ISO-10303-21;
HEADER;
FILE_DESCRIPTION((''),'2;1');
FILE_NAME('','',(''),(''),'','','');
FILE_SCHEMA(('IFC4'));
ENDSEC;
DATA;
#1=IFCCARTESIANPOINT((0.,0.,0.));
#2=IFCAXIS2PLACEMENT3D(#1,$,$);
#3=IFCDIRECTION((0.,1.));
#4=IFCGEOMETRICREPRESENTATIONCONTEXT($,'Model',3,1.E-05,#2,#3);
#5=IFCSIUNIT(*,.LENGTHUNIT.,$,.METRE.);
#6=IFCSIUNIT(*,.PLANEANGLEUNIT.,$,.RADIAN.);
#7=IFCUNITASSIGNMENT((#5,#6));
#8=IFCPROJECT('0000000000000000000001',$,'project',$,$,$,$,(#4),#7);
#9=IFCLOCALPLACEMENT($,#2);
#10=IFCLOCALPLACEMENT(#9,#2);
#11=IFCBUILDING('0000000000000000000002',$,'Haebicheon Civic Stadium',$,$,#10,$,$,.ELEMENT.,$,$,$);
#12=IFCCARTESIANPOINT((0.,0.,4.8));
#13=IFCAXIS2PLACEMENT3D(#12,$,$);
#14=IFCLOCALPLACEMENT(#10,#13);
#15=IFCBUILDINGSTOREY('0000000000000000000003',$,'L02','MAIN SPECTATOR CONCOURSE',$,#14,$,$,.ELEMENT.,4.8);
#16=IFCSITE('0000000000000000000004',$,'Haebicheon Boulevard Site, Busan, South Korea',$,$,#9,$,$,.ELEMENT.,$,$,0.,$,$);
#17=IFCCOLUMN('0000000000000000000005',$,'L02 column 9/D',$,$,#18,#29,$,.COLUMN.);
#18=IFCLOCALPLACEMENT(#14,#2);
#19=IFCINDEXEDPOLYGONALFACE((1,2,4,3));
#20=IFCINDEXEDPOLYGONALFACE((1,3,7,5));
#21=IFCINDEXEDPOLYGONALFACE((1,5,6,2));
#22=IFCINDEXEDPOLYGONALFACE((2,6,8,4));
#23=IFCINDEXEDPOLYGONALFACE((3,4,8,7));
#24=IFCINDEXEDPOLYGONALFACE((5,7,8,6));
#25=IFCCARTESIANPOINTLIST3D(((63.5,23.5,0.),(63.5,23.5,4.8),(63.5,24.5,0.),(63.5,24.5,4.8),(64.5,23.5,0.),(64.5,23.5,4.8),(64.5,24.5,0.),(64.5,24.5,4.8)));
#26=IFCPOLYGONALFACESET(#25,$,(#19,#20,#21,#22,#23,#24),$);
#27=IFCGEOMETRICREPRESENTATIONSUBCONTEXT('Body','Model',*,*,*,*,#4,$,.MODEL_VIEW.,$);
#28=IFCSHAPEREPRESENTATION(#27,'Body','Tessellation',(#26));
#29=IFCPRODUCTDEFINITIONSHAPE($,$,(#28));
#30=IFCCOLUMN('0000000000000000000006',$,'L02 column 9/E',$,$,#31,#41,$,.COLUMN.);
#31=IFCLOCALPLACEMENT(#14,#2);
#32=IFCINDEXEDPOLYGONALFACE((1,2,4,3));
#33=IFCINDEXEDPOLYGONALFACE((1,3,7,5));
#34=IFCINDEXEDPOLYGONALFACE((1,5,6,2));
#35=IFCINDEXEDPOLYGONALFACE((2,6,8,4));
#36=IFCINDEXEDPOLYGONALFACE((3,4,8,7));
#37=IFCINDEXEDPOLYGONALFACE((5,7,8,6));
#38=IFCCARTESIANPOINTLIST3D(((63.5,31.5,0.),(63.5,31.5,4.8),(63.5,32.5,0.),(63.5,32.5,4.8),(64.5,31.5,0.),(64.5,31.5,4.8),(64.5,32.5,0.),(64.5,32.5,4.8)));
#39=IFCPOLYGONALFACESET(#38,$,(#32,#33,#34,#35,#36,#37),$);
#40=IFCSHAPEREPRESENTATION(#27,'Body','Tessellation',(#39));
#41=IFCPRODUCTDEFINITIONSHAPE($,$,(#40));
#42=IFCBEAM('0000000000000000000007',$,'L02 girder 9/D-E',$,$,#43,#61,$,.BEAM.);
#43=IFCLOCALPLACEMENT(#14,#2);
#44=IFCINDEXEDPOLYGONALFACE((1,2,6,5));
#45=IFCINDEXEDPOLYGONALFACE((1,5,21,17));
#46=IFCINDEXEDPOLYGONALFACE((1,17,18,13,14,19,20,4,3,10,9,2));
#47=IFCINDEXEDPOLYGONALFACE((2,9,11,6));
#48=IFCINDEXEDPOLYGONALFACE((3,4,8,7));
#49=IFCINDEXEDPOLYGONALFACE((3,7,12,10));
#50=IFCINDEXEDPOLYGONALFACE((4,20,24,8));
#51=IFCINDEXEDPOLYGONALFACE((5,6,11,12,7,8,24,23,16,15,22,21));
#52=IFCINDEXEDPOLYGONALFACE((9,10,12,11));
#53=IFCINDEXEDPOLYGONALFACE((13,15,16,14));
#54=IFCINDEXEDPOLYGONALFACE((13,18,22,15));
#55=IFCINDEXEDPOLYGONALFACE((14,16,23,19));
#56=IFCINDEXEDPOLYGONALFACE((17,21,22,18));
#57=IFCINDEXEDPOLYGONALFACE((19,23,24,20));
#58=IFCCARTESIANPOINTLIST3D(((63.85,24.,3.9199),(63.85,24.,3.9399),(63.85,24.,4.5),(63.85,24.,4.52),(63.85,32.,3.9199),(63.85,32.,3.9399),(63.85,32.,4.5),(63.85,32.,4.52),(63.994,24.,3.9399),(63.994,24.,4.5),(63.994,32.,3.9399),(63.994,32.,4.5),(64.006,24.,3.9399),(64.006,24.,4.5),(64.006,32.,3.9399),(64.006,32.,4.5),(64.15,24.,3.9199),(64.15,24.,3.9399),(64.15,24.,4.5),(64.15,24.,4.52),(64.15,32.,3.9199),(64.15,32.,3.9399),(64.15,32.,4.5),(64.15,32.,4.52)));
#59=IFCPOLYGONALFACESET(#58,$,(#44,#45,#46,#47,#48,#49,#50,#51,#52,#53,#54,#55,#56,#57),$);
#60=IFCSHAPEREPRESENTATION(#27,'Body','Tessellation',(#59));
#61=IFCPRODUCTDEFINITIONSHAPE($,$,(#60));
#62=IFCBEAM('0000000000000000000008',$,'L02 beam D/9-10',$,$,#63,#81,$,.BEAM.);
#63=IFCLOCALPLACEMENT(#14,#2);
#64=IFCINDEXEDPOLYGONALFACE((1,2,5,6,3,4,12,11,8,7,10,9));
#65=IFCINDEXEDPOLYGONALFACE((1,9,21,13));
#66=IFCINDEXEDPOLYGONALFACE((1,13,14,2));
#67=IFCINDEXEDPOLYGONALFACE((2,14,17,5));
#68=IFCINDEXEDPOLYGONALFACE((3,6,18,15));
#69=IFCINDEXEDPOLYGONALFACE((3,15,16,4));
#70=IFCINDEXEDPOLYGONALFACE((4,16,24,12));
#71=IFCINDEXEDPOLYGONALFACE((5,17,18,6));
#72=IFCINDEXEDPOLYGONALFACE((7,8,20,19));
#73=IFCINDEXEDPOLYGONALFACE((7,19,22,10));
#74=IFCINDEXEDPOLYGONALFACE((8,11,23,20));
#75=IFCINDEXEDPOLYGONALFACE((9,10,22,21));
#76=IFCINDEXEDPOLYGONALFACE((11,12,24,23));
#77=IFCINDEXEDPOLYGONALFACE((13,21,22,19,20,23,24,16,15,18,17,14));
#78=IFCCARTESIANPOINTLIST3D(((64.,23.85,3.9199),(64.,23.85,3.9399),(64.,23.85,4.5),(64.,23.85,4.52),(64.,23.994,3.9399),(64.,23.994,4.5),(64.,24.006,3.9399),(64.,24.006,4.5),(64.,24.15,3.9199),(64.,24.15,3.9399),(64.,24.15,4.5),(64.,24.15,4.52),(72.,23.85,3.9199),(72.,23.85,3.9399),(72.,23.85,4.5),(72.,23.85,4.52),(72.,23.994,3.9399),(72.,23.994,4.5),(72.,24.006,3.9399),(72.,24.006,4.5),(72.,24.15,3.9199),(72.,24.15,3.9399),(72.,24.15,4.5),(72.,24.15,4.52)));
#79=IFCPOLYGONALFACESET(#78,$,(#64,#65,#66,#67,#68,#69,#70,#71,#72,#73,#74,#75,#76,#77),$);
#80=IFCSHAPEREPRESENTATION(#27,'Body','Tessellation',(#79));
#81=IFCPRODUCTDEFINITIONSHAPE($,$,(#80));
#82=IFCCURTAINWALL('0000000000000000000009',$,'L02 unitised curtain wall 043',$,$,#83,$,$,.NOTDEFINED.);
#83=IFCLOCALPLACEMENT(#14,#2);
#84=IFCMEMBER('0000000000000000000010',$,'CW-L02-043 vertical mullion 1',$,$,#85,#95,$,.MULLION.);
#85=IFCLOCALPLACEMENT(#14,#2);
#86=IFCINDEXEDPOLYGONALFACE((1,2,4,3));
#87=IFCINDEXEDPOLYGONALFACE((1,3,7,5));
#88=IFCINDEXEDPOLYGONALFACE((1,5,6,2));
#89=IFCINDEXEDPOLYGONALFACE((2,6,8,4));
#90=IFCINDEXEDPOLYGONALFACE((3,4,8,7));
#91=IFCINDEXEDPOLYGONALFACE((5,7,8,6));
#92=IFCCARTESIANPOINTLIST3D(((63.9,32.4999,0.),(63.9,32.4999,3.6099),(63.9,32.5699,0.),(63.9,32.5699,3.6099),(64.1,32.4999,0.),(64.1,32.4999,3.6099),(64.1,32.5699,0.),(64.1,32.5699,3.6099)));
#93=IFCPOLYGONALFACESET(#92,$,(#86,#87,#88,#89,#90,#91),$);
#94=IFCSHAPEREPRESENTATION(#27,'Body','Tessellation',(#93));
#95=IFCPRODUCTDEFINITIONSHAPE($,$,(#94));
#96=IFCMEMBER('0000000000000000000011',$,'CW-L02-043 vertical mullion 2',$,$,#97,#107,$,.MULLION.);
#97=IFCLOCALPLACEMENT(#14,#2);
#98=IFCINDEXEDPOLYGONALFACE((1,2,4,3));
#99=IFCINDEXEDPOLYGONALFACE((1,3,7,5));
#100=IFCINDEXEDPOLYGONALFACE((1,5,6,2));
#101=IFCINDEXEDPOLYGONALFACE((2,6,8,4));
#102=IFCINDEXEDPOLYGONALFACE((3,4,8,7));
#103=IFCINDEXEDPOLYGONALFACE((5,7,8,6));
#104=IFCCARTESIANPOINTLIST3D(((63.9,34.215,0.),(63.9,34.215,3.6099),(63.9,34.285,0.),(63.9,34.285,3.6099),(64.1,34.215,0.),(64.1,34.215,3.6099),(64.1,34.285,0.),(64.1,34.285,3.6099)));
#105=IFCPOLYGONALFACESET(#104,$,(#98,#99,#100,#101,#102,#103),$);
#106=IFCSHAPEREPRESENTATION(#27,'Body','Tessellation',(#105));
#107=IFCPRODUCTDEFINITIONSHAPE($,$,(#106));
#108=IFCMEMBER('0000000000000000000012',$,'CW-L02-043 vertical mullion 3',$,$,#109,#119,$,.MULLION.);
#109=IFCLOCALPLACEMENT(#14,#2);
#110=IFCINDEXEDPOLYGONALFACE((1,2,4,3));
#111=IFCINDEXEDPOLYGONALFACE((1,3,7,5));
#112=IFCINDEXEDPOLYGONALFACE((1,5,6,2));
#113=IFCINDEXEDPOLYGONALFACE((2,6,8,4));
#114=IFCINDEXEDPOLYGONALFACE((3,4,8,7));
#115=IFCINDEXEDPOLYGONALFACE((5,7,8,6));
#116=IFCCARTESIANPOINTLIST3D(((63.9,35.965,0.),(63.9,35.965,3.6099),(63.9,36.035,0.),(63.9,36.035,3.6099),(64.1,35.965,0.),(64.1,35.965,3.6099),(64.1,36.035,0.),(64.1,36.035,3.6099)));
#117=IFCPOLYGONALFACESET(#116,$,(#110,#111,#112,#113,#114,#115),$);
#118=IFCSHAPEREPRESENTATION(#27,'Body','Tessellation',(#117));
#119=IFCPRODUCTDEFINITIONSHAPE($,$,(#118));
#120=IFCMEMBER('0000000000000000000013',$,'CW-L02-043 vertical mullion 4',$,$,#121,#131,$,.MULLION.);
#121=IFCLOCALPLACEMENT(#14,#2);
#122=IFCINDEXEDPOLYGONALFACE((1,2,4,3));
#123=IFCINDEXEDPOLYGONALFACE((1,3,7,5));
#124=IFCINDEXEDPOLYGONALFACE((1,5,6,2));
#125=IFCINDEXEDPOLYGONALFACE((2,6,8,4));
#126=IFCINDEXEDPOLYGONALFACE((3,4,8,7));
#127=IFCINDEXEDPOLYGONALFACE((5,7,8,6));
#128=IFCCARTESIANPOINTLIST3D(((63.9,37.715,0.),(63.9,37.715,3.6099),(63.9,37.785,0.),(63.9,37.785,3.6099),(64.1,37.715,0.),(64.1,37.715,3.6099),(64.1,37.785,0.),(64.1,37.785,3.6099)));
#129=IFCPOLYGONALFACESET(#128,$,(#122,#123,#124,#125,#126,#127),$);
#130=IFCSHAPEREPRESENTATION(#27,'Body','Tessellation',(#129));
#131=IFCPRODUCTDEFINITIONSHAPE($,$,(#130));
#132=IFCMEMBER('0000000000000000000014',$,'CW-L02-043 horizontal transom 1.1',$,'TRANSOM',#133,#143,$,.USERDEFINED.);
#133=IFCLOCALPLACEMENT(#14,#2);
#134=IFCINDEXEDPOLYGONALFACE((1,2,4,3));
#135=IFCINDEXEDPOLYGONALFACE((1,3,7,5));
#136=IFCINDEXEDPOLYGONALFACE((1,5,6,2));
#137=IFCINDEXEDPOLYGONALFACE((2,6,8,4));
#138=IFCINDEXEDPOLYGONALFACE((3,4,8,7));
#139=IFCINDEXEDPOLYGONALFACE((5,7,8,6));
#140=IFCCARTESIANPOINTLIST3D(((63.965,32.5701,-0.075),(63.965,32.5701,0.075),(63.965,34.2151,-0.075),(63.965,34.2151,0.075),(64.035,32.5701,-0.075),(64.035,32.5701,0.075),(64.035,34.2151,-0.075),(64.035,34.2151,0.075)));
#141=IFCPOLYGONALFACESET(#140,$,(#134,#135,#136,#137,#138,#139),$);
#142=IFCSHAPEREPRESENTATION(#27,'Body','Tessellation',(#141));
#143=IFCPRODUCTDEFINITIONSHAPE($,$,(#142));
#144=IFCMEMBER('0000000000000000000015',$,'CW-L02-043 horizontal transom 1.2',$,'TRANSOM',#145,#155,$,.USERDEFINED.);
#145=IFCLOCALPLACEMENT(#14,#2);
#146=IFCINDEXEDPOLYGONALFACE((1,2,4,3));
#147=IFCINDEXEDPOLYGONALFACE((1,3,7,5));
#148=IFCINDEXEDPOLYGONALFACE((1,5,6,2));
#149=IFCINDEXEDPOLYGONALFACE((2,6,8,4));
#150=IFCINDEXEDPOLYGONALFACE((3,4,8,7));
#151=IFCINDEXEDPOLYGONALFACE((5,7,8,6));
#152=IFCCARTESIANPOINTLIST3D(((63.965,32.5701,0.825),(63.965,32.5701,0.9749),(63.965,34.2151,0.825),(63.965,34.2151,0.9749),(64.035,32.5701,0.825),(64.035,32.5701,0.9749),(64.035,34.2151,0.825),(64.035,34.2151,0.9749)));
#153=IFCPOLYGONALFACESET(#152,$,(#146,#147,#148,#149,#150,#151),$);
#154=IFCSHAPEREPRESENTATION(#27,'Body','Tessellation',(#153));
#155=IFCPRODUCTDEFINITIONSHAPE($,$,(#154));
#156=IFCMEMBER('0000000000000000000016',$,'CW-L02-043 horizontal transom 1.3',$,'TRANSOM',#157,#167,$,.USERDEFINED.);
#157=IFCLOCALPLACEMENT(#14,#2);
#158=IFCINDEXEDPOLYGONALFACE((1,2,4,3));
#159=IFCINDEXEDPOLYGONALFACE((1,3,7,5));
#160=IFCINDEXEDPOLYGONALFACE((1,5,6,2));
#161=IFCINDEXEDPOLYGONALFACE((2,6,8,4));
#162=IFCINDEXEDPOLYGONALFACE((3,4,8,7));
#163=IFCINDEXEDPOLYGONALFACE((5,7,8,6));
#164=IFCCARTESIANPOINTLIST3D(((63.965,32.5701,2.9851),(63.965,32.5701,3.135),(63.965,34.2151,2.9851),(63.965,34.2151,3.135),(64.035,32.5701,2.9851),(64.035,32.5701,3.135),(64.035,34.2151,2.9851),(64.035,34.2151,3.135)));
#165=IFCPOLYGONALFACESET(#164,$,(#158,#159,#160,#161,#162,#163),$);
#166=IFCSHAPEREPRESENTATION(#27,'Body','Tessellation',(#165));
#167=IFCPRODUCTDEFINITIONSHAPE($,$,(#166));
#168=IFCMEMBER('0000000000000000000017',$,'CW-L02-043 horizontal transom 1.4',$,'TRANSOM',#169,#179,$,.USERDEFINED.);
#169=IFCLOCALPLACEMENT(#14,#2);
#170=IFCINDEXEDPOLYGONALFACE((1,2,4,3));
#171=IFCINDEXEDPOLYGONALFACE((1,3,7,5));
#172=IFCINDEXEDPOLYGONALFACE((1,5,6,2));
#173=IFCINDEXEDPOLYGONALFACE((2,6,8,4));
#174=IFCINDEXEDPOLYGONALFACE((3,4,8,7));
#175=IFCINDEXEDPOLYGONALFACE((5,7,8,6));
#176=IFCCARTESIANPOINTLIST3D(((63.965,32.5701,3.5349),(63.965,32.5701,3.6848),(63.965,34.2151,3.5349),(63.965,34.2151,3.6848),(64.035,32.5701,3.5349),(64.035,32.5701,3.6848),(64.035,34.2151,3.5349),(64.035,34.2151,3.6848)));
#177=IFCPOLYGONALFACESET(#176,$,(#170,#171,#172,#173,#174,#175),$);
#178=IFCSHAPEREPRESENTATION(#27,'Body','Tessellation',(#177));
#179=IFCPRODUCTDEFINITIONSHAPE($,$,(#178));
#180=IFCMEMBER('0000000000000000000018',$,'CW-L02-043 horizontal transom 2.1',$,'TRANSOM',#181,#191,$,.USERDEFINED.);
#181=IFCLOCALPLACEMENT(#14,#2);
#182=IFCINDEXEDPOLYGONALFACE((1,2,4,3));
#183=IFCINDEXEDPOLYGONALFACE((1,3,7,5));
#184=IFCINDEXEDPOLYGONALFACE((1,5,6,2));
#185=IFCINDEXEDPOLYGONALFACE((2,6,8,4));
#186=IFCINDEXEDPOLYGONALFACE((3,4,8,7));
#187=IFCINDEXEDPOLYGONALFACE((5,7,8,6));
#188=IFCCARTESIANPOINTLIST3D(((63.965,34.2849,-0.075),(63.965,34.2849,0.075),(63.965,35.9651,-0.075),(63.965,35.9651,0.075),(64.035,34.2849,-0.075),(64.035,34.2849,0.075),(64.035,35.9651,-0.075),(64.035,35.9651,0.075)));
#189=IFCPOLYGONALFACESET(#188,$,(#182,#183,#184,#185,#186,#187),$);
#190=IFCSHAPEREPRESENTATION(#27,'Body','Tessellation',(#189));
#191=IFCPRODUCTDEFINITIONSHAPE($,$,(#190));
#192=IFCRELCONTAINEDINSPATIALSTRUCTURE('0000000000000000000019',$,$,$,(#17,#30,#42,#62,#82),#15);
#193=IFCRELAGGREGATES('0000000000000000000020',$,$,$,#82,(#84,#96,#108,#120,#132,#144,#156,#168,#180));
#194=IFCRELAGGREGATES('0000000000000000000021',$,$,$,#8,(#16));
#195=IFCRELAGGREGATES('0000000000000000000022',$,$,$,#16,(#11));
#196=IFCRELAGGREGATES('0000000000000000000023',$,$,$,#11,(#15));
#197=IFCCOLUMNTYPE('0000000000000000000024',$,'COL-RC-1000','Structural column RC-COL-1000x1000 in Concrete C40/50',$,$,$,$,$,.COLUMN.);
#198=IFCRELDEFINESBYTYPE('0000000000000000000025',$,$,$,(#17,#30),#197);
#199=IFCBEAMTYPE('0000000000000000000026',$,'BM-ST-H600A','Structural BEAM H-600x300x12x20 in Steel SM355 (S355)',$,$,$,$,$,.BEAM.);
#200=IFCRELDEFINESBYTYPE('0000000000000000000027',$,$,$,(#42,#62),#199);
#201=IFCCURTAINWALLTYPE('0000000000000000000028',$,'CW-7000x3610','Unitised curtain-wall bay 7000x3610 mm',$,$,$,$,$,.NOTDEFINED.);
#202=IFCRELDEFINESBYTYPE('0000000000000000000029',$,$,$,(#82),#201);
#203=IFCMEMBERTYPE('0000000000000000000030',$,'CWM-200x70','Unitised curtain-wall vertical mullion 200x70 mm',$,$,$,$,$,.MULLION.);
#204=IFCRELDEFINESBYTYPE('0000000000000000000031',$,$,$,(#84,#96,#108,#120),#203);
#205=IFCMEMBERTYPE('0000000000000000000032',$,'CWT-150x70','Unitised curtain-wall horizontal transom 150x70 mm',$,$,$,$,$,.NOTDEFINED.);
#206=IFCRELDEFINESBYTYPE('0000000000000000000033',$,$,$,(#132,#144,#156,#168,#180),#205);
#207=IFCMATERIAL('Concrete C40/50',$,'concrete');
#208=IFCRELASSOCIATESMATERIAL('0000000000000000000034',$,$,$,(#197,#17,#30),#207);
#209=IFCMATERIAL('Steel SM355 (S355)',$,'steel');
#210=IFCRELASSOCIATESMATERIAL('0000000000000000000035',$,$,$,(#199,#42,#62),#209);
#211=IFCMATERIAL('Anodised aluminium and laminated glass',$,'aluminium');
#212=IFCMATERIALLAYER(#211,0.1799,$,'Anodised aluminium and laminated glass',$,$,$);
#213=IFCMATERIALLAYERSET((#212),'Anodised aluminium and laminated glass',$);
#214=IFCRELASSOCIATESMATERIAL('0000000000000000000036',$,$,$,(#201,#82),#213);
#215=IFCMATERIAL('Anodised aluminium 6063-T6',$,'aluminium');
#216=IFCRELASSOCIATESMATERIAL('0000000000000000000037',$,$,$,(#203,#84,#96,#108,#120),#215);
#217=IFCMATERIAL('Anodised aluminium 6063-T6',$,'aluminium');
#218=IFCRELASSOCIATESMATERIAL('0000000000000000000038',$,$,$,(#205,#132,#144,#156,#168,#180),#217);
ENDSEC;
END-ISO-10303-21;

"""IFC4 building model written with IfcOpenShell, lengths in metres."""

from ifc_helpers import new_model, si_unit, direction, frame, origin, origin_2d, place, context, subcontext, project, spatial, rectangle, i_section, extrude, material, layer, layer_set, material_profile, profile_set, type_object, element, aggregate, save


model = new_model("IFC4")

# Units and contexts
model_context = context("Model", 3, precision=1e-05, world=origin(), true_north=direction((0.0, 1.0)))
body_context = subcontext(model_context, "Body", "Model", "MODEL_VIEW")
ifc_project = project(units=[si_unit("LENGTHUNIT", "METRE"), si_unit("PLANEANGLEUNIT", "RADIAN")], contexts=[model_context])

# Site, building, storey
site_placement = place(None, origin())
site = spatial("IfcSite", under=ifc_project, at=site_placement, Name="Haebicheon Boulevard Site, Busan, South Korea", CompositionType="ELEMENT", RefElevation=0.0)
building_placement = place(site_placement, origin())
building = spatial("IfcBuilding", under=site, at=building_placement, Name="Haebicheon Civic Stadium", CompositionType="ELEMENT")
storey_placement = place(building_placement, frame((0.0, 0.0, 4.8)))
storey = spatial("IfcBuildingStorey", under=building, at=storey_placement, Name="L02", Description="MAIN SPECTATOR CONCOURSE", CompositionType="ELEMENT", Elevation=4.8)

# Columns
ifc_material_1 = material(Name="Concrete C40/50", Category="concrete")
ifc_material_profile_1 = material_profile(ifc_material_1, rectangle(XDim=1.0, YDim=1.0, at=origin_2d()), Name="RC-COL-1000x1000")
ifc_profile_set_1 = profile_set([ifc_material_profile_1], Name="Concrete C40/50")
column_type = type_object("IfcColumnType", Name="COL-RC-1000", Description="Structural column RC-COL-1000x1000 in Concrete C40/50", PredefinedType="COLUMN", material=ifc_profile_set_1)
for number, where, z_axis, x_axis, name in (
    (1, (64.0, 24.0, 0.0), (0.0, 0.0, 1.0), (1.0, 0.0, 0.0), "L02 column 9/D"),
    (2, (64.0, 32.0, 0.0), (0.0, 0.0, 1.0), (1.0, 0.0, 0.0), "L02 column 9/E"),
):
    element("IfcColumn", number, at=place(storey_placement, frame(where, z_axis=z_axis, x_axis=x_axis)), inside=storey, type_object=column_type, material=ifc_profile_set_1, Name=name, PredefinedType="COLUMN", context=body_context, shape_type="SweptSolid", body=[
        extrude(rectangle(XDim=1.0, YDim=1.0, at=origin_2d()), origin(), (0.0, 0.0, 1.0), 4.8),
    ])

# Beams
ifc_material_2 = material(Name="Steel SM355 (S355)", Category="steel")
ifc_material_profile_2 = material_profile(ifc_material_2, i_section(OverallWidth=0.3, OverallDepth=0.6001, WebThickness=0.012, FlangeThickness=0.02, at=origin_2d()), Name="H-600x300x12x20")
ifc_profile_set_2 = profile_set([ifc_material_profile_2], Name="Steel SM355 (S355)")
beam_type_1 = type_object("IfcBeamType", Name="BM-ST-H600A", Description="Structural BEAM H-600x300x12x20 in Steel SM355 (S355)", PredefinedType="BEAM", material=ifc_profile_set_2)
for number, where, z_axis, x_axis, name in (
    (3, (64.0, 24.0, 4.22), (0.0, 1.0, 0.0), (-1.0, 0.0, 0.0), "L02 girder 9/D-E"),
    (4, (64.0, 24.0, 4.22), (1.0, 0.0, 0.0), (0.0, 1.0, 0.0), "L02 beam D/9-10"),
):
    element("IfcBeam", number, at=place(storey_placement, frame(where, z_axis=z_axis, x_axis=x_axis)), inside=storey, type_object=beam_type_1, material=ifc_profile_set_2, Name=name, PredefinedType="BEAM", context=body_context, shape_type="SweptSolid", body=[
        extrude(i_section(OverallWidth=0.3, OverallDepth=0.6001, WebThickness=0.012, FlangeThickness=0.02, at=origin_2d()), origin(), (0.0, 0.0, 1.0), 8.0),
    ])

# Curtain wall, members
ifc_material_3 = material(Name="Anodised aluminium and laminated glass", Category="aluminium")
ifc_layer_1 = layer(ifc_material_3, 0.1799, Name="Anodised aluminium and laminated glass")
ifc_layer_set_1 = layer_set([ifc_layer_1], Name="Anodised aluminium and laminated glass")
curtain_wall_type = type_object("IfcCurtainWallType", Name="CW-7000x3610", Description="Unitised curtain-wall bay 7000x3610 mm", PredefinedType="NOTDEFINED", material=ifc_layer_set_1)
curtain_wall_placement = place(storey_placement, origin())
curtain_wall = element("IfcCurtainWall", 5, at=curtain_wall_placement, inside=storey, type_object=curtain_wall_type, material=ifc_layer_set_1, Name="L02 unitised curtain wall 043", PredefinedType="NOTDEFINED")
ifc_material_4 = material(Name="Anodised aluminium 6063-T6", Category="aluminium")
ifc_material_profile_3 = material_profile(ifc_material_4, rectangle(XDim=0.0701, YDim=0.2, at=origin_2d()), Name="ALU-MULL-70x200")
ifc_profile_set_3 = profile_set([ifc_material_profile_3], Name="Anodised aluminium 6063-T6")
member_type_1 = type_object("IfcMemberType", Name="CWM-200x70", Description="Unitised curtain-wall vertical mullion 200x70 mm", PredefinedType="MULLION", material=ifc_profile_set_3)
member_1_placement = place(storey_placement, frame((64.0, 32.5349, 0.0), z_axis=(0.0, 0.0, 1.0), x_axis=(0.0, 1.0, 0.0)))
member_1 = element("IfcMember", 6, at=member_1_placement, type_object=member_type_1, material=ifc_profile_set_3, Name="CW-L02-043 vertical mullion 1", PredefinedType="MULLION", context=body_context, shape_type="SweptSolid", body=[
    extrude(rectangle(XDim=0.0701, YDim=0.2, at=origin_2d()), origin(), (0.0, 0.0, 1.0), 3.6099),
])
member_2_placement = place(storey_placement, frame((64.0, 34.25, 0.0), z_axis=(0.0, 0.0, 1.0), x_axis=(0.0, 1.0, 0.0)))
member_2 = element("IfcMember", 7, at=member_2_placement, type_object=member_type_1, material=ifc_profile_set_3, Name="CW-L02-043 vertical mullion 2", PredefinedType="MULLION", context=body_context, shape_type="SweptSolid", body=[
    extrude(rectangle(XDim=0.0701, YDim=0.2, at=origin_2d()), origin(), (0.0, 0.0, 1.0), 3.6099),
])
member_3_placement = place(storey_placement, frame((64.0, 36.0, 0.0), z_axis=(0.0, 0.0, 1.0), x_axis=(0.0, 1.0, 0.0)))
member_3 = element("IfcMember", 8, at=member_3_placement, type_object=member_type_1, material=ifc_profile_set_3, Name="CW-L02-043 vertical mullion 3", PredefinedType="MULLION", context=body_context, shape_type="SweptSolid", body=[
    extrude(rectangle(XDim=0.0701, YDim=0.2, at=origin_2d()), origin(), (0.0, 0.0, 1.0), 3.6099),
])
member_4_placement = place(storey_placement, frame((64.0, 37.75, 0.0), z_axis=(0.0, 0.0, 1.0), x_axis=(0.0, 1.0, 0.0)))
member_4 = element("IfcMember", 9, at=member_4_placement, type_object=member_type_1, material=ifc_profile_set_3, Name="CW-L02-043 vertical mullion 4", PredefinedType="MULLION", context=body_context, shape_type="SweptSolid", body=[
    extrude(rectangle(XDim=0.0701, YDim=0.2, at=origin_2d()), origin(), (0.0, 0.0, 1.0), 3.6099),
])
ifc_material_5 = material(Name="Anodised aluminium 6063-T6", Category="aluminium")
ifc_material_profile_4 = material_profile(ifc_material_5, rectangle(XDim=0.0701, YDim=0.1499, at=origin_2d()), Name="ALU-TRAN-70x150")
ifc_profile_set_4 = profile_set([ifc_material_profile_4], Name="Anodised aluminium 6063-T6")
member_type_2 = type_object("IfcMemberType", Name="CWT-150x70", Description="Unitised curtain-wall horizontal transom 150x70 mm", PredefinedType="NOTDEFINED", material=ifc_profile_set_4)
member_5_placement = place(storey_placement, frame((64.0, 32.5701, 0.0), z_axis=(0.0, 1.0, 0.0), x_axis=(-1.0, 0.0, 0.0)))
member_5 = element("IfcMember", 10, at=member_5_placement, type_object=member_type_2, material=ifc_profile_set_4, Name="CW-L02-043 horizontal transom 1.1", ObjectType="TRANSOM", PredefinedType="USERDEFINED", context=body_context, shape_type="SweptSolid", body=[
    extrude(rectangle(XDim=0.0701, YDim=0.1499, at=origin_2d()), origin(), (0.0, 0.0, 1.0), 1.645),
])
member_6_placement = place(storey_placement, frame((64.0, 32.5701, 0.8999), z_axis=(0.0, 1.0, 0.0), x_axis=(-1.0, 0.0, 0.0)))
member_6 = element("IfcMember", 11, at=member_6_placement, type_object=member_type_2, material=ifc_profile_set_4, Name="CW-L02-043 horizontal transom 1.2", ObjectType="TRANSOM", PredefinedType="USERDEFINED", context=body_context, shape_type="SweptSolid", body=[
    extrude(rectangle(XDim=0.0701, YDim=0.1499, at=origin_2d()), origin(), (0.0, 0.0, 1.0), 1.645),
])
member_7_placement = place(storey_placement, frame((64.0, 32.5701, 3.0601), z_axis=(0.0, 1.0, 0.0), x_axis=(-1.0, 0.0, 0.0)))
member_7 = element("IfcMember", 12, at=member_7_placement, type_object=member_type_2, material=ifc_profile_set_4, Name="CW-L02-043 horizontal transom 1.3", ObjectType="TRANSOM", PredefinedType="USERDEFINED", context=body_context, shape_type="SweptSolid", body=[
    extrude(rectangle(XDim=0.0701, YDim=0.1499, at=origin_2d()), origin(), (0.0, 0.0, 1.0), 1.645),
])
member_8_placement = place(storey_placement, frame((64.0, 32.5701, 3.6099), z_axis=(0.0, 1.0, 0.0), x_axis=(-1.0, 0.0, 0.0)))
member_8 = element("IfcMember", 13, at=member_8_placement, type_object=member_type_2, material=ifc_profile_set_4, Name="CW-L02-043 horizontal transom 1.4", ObjectType="TRANSOM", PredefinedType="USERDEFINED", context=body_context, shape_type="SweptSolid", body=[
    extrude(rectangle(XDim=0.0701, YDim=0.1499, at=origin_2d()), origin(), (0.0, 0.0, 1.0), 1.645),
])
member_9_placement = place(storey_placement, frame((64.0, 34.2849, 0.0), z_axis=(0.0, 1.0, 0.0), x_axis=(-1.0, 0.0, 0.0)))
member_9 = element("IfcMember", 14, at=member_9_placement, type_object=member_type_2, material=ifc_profile_set_4, Name="CW-L02-043 horizontal transom 2.1", ObjectType="TRANSOM", PredefinedType="USERDEFINED", context=body_context, shape_type="SweptSolid", body=[
    extrude(rectangle(XDim=0.0701, YDim=0.1499, at=origin_2d()), origin(), (0.0, 0.0, 1.0), 1.6802),
])

aggregate(curtain_wall, [member_1, member_2, member_3, member_4, member_5, member_6, member_7, member_8, member_9])

save(model, "model.ifc")
